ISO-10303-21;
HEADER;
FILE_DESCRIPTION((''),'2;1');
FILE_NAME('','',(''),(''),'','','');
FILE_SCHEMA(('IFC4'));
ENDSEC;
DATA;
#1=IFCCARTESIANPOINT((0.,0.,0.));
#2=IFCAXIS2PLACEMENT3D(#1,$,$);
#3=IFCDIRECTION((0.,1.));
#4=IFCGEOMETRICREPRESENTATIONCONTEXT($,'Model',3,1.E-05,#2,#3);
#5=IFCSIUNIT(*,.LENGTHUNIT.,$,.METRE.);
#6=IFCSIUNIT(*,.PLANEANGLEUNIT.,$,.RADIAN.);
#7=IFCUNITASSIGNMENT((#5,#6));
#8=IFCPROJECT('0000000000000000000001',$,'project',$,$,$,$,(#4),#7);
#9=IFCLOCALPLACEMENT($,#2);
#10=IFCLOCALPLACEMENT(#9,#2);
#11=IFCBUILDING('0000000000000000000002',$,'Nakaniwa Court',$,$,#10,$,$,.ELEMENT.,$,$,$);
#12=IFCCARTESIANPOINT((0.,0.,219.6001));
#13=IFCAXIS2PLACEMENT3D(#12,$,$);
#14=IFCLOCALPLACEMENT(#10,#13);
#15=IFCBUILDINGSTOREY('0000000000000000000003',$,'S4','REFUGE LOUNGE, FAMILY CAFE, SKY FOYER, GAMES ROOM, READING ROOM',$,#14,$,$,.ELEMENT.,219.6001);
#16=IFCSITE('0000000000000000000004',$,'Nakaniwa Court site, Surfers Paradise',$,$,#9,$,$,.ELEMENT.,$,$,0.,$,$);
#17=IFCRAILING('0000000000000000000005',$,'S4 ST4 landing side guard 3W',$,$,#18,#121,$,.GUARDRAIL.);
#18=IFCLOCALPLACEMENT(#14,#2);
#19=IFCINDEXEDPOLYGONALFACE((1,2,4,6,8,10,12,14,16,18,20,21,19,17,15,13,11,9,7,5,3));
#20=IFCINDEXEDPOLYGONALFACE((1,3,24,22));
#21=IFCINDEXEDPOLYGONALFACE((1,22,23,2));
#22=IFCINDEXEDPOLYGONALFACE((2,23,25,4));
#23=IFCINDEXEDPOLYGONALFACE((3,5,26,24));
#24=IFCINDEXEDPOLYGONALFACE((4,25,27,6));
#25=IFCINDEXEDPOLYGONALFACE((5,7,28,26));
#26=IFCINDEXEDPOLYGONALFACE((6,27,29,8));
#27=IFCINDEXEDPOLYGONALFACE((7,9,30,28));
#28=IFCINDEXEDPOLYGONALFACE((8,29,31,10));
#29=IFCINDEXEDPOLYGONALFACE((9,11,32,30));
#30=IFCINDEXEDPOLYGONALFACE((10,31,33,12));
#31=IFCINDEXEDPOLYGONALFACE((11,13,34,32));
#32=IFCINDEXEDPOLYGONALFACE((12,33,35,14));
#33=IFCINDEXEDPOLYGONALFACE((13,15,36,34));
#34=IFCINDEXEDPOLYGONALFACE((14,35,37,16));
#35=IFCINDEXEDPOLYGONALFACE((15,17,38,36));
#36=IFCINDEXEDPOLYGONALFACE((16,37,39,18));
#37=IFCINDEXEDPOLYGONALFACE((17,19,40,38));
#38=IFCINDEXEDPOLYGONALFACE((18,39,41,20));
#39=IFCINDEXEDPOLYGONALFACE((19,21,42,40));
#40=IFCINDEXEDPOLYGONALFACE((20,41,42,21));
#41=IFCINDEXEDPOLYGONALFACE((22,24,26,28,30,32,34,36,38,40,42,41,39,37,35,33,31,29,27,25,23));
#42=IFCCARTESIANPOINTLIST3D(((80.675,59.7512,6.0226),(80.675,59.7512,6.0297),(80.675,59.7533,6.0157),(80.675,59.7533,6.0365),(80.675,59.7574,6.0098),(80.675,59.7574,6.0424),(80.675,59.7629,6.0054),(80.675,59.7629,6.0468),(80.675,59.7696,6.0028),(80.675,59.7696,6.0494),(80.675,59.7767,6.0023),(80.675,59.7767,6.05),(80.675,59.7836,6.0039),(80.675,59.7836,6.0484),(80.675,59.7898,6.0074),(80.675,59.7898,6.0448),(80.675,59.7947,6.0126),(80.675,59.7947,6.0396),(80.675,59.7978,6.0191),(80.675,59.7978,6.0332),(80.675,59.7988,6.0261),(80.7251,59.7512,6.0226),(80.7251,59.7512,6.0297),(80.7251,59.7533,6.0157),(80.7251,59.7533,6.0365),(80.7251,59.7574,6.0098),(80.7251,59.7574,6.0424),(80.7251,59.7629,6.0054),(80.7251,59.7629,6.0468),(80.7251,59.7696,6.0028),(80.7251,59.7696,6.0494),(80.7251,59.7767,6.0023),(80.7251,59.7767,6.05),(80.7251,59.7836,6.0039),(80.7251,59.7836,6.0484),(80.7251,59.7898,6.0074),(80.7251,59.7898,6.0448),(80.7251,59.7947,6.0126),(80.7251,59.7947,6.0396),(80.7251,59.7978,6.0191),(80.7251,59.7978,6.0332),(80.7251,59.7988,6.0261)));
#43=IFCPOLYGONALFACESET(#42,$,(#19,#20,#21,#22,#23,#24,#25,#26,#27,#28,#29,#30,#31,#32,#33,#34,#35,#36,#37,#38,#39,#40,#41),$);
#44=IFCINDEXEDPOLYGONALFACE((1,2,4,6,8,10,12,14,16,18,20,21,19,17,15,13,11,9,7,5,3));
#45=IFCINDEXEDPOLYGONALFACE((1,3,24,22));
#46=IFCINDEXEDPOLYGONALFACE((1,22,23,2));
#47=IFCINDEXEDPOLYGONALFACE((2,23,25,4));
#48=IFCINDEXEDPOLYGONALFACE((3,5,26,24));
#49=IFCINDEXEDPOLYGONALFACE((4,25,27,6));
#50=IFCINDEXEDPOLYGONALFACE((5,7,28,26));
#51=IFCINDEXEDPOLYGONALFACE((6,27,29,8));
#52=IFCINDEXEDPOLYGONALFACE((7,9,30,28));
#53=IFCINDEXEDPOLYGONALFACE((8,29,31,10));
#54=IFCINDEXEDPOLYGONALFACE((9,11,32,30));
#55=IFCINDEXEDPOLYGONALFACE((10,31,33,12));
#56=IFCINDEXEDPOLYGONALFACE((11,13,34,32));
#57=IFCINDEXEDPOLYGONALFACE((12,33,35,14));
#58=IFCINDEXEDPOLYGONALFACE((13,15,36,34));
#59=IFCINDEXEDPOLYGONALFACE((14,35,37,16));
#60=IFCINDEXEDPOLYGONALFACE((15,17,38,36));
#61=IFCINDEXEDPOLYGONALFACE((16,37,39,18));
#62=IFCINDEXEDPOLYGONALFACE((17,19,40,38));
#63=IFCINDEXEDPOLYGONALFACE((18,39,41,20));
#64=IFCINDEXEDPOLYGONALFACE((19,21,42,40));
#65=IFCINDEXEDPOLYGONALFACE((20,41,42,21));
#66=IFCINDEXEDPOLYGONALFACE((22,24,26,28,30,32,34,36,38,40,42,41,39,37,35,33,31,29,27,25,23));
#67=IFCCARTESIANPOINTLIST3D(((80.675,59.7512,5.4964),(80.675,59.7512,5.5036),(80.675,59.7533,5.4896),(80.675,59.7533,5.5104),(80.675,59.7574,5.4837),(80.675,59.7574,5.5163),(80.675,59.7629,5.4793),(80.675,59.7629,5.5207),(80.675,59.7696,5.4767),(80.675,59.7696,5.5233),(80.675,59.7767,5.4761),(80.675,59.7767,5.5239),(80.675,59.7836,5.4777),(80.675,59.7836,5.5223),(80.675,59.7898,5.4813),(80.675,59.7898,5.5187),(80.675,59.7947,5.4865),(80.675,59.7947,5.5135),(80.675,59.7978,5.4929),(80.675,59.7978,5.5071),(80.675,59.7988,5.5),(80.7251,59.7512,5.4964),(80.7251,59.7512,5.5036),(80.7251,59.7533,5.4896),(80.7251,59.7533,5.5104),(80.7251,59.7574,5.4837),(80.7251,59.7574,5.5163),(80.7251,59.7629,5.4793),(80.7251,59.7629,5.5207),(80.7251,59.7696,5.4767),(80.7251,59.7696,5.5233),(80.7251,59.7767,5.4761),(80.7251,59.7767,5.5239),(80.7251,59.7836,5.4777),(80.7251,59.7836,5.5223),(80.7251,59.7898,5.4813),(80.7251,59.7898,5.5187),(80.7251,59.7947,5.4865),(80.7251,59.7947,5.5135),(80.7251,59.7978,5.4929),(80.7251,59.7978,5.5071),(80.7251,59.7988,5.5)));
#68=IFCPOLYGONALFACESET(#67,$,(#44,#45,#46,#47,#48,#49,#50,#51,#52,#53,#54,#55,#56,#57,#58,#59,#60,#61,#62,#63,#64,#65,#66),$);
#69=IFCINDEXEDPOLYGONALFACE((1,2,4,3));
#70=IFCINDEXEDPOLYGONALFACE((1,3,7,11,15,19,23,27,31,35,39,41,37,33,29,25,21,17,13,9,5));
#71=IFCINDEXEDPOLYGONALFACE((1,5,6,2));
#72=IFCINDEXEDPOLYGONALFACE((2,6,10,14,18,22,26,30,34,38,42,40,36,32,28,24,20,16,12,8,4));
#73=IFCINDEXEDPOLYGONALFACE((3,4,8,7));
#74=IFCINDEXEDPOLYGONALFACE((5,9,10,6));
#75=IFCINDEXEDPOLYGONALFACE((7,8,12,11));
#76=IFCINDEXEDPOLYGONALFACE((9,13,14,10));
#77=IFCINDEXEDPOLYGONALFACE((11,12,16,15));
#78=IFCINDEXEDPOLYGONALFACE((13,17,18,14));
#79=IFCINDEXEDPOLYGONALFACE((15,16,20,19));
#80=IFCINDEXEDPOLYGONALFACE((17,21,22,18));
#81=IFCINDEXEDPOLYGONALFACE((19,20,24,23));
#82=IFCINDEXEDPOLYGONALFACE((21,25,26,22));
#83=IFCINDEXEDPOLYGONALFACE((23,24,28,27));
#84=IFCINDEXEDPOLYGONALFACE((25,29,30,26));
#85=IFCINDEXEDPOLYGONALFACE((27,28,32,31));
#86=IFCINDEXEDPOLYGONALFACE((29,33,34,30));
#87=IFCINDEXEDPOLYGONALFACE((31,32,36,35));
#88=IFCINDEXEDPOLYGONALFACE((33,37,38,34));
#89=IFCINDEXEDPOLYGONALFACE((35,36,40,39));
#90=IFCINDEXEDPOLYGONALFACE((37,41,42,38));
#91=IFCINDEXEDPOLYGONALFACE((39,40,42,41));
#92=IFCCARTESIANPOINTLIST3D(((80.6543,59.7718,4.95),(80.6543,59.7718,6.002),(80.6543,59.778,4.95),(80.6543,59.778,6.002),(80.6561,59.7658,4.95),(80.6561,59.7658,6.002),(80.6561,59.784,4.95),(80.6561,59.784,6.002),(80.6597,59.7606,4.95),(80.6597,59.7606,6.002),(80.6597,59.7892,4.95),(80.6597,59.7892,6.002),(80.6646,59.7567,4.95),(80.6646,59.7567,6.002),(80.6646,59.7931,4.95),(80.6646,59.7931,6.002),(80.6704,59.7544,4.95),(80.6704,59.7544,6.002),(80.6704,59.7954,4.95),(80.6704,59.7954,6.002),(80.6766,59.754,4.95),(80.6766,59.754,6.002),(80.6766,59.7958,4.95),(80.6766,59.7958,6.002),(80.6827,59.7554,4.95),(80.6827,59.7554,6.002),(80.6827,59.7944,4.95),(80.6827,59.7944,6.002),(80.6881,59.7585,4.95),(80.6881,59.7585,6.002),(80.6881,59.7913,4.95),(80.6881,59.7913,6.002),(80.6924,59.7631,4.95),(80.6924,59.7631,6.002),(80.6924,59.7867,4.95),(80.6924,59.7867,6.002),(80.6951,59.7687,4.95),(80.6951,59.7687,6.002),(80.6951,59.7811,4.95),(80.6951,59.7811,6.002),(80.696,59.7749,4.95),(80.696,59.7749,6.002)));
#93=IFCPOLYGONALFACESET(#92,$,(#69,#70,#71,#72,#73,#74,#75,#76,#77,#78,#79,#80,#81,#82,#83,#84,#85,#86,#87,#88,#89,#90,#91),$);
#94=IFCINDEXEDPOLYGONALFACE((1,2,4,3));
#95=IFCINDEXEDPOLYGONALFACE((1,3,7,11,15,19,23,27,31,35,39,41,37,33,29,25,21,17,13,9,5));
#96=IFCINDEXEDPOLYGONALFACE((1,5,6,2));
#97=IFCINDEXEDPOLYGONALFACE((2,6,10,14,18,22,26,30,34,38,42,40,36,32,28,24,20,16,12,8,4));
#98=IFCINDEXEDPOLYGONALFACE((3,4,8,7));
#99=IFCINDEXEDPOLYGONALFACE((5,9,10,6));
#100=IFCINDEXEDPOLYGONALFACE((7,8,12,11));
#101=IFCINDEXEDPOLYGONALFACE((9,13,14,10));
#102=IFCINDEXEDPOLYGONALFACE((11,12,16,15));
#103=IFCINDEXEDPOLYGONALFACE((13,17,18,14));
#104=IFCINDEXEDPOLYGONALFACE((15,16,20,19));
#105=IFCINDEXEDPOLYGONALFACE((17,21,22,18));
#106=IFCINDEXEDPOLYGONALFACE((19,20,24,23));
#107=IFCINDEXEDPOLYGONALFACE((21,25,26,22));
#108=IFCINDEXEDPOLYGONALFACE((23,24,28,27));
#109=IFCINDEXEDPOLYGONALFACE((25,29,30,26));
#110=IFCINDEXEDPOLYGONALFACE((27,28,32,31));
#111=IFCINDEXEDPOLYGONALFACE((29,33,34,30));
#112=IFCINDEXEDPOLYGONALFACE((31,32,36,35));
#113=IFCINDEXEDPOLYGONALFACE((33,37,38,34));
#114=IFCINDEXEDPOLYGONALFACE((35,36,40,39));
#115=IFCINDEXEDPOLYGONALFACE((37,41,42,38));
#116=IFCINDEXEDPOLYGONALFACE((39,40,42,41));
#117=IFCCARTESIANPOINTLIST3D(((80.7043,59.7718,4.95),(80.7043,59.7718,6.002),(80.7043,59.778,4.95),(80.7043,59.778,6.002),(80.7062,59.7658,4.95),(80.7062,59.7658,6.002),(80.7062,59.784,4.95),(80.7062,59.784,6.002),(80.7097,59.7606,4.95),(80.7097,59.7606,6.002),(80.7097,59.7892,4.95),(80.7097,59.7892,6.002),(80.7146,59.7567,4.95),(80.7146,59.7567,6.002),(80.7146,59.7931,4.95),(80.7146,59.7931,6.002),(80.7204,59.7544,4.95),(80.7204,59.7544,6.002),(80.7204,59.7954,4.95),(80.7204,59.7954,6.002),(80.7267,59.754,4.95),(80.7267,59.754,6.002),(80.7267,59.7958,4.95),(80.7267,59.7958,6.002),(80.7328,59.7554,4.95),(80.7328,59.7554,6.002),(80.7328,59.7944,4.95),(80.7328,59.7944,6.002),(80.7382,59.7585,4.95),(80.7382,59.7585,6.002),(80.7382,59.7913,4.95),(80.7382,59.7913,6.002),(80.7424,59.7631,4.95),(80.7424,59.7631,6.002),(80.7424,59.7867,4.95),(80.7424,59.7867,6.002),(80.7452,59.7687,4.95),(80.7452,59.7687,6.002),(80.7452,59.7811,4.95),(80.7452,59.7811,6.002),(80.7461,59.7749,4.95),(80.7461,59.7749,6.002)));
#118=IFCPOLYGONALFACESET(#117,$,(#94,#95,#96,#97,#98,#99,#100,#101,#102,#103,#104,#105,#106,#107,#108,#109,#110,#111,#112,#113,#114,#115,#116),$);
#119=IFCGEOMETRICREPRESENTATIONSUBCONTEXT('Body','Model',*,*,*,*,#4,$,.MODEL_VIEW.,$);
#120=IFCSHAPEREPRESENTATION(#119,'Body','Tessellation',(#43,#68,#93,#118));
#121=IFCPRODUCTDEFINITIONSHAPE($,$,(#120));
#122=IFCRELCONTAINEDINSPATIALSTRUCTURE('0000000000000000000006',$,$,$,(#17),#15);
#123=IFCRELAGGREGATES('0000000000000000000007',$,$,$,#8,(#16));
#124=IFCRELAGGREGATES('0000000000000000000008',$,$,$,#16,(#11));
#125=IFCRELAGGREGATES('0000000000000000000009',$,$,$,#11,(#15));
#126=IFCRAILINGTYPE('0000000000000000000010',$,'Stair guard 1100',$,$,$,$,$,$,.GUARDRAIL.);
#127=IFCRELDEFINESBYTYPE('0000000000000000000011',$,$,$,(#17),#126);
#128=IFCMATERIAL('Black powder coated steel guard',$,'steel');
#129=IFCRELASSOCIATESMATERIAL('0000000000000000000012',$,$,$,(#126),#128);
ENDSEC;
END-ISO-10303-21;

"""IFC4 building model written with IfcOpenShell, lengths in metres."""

from ifc_helpers import new_model, si_unit, direction, frame, origin, origin_2d, place, context, subcontext, project, spatial, circle, extrude, material, type_object, element, save


model = new_model("IFC4")

# Units and contexts
model_context = context("Model", 3, precision=1e-05, world=origin(), true_north=direction((0.0, 1.0)))
body_context = subcontext(model_context, "Body", "Model", "MODEL_VIEW")
ifc_project = project(units=[si_unit("LENGTHUNIT", "METRE"), si_unit("PLANEANGLEUNIT", "RADIAN")], contexts=[model_context])

# Site, building, storey
site_placement = place(None, origin())
site = spatial("IfcSite", under=ifc_project, at=site_placement, Name="Nakaniwa Court site, Surfers Paradise", CompositionType="ELEMENT", RefElevation=0.0)
building_placement = place(site_placement, origin())
building = spatial("IfcBuilding", under=site, at=building_placement, Name="Nakaniwa Court", CompositionType="ELEMENT")
storey_placement = place(building_placement, frame((0.0, 0.0, 219.6001)))
storey = spatial("IfcBuildingStorey", under=building, at=storey_placement, Name="S4", Description="REFUGE LOUNGE, FAMILY CAFE, SKY FOYER, GAMES ROOM, READING ROOM", CompositionType="ELEMENT", Elevation=219.6001)

# Railing
ifc_material_1 = material(Name="Black powder coated steel guard", Category="steel")
railing_type_1 = type_object("IfcRailingType", Name="Stair guard 1100", PredefinedType="GUARDRAIL", material=ifc_material_1)
for number, where, name in (
    (1, (80.675, 59.7749, 4.95), "S4 ST4 landing side guard 3W"),
):
    element("IfcRailing", number, at=place(storey_placement, frame(where)), inside=storey, type_object=railing_type_1, Name=name, PredefinedType="GUARDRAIL", context=body_context, shape_type="SweptSolid", body=[
        extrude(circle(Radius=0.0239, at=origin_2d()), frame((0.0, 0.0, 1.0762), z_axis=(1.0, 0.0, 0.0), x_axis=(0.0, 1.0, 0.0)), (0.0, 0.0, 1.0), 0.05),
        extrude(circle(Radius=0.0239, at=origin_2d()), frame((0.0, 0.0, 0.55), z_axis=(1.0, 0.0, 0.0), x_axis=(0.0, 1.0, 0.0)), (0.0, 0.0, 1.0), 0.05),
        extrude(circle(Radius=0.021, at=origin_2d()), origin(), (0.0, 0.0, 1.0), 1.052),
        extrude(circle(Radius=0.021, at=origin_2d()), frame((0.05, 0.0, 0.0)), (0.0, 0.0, 1.0), 1.052),
    ])

save(model, "model.ifc")
